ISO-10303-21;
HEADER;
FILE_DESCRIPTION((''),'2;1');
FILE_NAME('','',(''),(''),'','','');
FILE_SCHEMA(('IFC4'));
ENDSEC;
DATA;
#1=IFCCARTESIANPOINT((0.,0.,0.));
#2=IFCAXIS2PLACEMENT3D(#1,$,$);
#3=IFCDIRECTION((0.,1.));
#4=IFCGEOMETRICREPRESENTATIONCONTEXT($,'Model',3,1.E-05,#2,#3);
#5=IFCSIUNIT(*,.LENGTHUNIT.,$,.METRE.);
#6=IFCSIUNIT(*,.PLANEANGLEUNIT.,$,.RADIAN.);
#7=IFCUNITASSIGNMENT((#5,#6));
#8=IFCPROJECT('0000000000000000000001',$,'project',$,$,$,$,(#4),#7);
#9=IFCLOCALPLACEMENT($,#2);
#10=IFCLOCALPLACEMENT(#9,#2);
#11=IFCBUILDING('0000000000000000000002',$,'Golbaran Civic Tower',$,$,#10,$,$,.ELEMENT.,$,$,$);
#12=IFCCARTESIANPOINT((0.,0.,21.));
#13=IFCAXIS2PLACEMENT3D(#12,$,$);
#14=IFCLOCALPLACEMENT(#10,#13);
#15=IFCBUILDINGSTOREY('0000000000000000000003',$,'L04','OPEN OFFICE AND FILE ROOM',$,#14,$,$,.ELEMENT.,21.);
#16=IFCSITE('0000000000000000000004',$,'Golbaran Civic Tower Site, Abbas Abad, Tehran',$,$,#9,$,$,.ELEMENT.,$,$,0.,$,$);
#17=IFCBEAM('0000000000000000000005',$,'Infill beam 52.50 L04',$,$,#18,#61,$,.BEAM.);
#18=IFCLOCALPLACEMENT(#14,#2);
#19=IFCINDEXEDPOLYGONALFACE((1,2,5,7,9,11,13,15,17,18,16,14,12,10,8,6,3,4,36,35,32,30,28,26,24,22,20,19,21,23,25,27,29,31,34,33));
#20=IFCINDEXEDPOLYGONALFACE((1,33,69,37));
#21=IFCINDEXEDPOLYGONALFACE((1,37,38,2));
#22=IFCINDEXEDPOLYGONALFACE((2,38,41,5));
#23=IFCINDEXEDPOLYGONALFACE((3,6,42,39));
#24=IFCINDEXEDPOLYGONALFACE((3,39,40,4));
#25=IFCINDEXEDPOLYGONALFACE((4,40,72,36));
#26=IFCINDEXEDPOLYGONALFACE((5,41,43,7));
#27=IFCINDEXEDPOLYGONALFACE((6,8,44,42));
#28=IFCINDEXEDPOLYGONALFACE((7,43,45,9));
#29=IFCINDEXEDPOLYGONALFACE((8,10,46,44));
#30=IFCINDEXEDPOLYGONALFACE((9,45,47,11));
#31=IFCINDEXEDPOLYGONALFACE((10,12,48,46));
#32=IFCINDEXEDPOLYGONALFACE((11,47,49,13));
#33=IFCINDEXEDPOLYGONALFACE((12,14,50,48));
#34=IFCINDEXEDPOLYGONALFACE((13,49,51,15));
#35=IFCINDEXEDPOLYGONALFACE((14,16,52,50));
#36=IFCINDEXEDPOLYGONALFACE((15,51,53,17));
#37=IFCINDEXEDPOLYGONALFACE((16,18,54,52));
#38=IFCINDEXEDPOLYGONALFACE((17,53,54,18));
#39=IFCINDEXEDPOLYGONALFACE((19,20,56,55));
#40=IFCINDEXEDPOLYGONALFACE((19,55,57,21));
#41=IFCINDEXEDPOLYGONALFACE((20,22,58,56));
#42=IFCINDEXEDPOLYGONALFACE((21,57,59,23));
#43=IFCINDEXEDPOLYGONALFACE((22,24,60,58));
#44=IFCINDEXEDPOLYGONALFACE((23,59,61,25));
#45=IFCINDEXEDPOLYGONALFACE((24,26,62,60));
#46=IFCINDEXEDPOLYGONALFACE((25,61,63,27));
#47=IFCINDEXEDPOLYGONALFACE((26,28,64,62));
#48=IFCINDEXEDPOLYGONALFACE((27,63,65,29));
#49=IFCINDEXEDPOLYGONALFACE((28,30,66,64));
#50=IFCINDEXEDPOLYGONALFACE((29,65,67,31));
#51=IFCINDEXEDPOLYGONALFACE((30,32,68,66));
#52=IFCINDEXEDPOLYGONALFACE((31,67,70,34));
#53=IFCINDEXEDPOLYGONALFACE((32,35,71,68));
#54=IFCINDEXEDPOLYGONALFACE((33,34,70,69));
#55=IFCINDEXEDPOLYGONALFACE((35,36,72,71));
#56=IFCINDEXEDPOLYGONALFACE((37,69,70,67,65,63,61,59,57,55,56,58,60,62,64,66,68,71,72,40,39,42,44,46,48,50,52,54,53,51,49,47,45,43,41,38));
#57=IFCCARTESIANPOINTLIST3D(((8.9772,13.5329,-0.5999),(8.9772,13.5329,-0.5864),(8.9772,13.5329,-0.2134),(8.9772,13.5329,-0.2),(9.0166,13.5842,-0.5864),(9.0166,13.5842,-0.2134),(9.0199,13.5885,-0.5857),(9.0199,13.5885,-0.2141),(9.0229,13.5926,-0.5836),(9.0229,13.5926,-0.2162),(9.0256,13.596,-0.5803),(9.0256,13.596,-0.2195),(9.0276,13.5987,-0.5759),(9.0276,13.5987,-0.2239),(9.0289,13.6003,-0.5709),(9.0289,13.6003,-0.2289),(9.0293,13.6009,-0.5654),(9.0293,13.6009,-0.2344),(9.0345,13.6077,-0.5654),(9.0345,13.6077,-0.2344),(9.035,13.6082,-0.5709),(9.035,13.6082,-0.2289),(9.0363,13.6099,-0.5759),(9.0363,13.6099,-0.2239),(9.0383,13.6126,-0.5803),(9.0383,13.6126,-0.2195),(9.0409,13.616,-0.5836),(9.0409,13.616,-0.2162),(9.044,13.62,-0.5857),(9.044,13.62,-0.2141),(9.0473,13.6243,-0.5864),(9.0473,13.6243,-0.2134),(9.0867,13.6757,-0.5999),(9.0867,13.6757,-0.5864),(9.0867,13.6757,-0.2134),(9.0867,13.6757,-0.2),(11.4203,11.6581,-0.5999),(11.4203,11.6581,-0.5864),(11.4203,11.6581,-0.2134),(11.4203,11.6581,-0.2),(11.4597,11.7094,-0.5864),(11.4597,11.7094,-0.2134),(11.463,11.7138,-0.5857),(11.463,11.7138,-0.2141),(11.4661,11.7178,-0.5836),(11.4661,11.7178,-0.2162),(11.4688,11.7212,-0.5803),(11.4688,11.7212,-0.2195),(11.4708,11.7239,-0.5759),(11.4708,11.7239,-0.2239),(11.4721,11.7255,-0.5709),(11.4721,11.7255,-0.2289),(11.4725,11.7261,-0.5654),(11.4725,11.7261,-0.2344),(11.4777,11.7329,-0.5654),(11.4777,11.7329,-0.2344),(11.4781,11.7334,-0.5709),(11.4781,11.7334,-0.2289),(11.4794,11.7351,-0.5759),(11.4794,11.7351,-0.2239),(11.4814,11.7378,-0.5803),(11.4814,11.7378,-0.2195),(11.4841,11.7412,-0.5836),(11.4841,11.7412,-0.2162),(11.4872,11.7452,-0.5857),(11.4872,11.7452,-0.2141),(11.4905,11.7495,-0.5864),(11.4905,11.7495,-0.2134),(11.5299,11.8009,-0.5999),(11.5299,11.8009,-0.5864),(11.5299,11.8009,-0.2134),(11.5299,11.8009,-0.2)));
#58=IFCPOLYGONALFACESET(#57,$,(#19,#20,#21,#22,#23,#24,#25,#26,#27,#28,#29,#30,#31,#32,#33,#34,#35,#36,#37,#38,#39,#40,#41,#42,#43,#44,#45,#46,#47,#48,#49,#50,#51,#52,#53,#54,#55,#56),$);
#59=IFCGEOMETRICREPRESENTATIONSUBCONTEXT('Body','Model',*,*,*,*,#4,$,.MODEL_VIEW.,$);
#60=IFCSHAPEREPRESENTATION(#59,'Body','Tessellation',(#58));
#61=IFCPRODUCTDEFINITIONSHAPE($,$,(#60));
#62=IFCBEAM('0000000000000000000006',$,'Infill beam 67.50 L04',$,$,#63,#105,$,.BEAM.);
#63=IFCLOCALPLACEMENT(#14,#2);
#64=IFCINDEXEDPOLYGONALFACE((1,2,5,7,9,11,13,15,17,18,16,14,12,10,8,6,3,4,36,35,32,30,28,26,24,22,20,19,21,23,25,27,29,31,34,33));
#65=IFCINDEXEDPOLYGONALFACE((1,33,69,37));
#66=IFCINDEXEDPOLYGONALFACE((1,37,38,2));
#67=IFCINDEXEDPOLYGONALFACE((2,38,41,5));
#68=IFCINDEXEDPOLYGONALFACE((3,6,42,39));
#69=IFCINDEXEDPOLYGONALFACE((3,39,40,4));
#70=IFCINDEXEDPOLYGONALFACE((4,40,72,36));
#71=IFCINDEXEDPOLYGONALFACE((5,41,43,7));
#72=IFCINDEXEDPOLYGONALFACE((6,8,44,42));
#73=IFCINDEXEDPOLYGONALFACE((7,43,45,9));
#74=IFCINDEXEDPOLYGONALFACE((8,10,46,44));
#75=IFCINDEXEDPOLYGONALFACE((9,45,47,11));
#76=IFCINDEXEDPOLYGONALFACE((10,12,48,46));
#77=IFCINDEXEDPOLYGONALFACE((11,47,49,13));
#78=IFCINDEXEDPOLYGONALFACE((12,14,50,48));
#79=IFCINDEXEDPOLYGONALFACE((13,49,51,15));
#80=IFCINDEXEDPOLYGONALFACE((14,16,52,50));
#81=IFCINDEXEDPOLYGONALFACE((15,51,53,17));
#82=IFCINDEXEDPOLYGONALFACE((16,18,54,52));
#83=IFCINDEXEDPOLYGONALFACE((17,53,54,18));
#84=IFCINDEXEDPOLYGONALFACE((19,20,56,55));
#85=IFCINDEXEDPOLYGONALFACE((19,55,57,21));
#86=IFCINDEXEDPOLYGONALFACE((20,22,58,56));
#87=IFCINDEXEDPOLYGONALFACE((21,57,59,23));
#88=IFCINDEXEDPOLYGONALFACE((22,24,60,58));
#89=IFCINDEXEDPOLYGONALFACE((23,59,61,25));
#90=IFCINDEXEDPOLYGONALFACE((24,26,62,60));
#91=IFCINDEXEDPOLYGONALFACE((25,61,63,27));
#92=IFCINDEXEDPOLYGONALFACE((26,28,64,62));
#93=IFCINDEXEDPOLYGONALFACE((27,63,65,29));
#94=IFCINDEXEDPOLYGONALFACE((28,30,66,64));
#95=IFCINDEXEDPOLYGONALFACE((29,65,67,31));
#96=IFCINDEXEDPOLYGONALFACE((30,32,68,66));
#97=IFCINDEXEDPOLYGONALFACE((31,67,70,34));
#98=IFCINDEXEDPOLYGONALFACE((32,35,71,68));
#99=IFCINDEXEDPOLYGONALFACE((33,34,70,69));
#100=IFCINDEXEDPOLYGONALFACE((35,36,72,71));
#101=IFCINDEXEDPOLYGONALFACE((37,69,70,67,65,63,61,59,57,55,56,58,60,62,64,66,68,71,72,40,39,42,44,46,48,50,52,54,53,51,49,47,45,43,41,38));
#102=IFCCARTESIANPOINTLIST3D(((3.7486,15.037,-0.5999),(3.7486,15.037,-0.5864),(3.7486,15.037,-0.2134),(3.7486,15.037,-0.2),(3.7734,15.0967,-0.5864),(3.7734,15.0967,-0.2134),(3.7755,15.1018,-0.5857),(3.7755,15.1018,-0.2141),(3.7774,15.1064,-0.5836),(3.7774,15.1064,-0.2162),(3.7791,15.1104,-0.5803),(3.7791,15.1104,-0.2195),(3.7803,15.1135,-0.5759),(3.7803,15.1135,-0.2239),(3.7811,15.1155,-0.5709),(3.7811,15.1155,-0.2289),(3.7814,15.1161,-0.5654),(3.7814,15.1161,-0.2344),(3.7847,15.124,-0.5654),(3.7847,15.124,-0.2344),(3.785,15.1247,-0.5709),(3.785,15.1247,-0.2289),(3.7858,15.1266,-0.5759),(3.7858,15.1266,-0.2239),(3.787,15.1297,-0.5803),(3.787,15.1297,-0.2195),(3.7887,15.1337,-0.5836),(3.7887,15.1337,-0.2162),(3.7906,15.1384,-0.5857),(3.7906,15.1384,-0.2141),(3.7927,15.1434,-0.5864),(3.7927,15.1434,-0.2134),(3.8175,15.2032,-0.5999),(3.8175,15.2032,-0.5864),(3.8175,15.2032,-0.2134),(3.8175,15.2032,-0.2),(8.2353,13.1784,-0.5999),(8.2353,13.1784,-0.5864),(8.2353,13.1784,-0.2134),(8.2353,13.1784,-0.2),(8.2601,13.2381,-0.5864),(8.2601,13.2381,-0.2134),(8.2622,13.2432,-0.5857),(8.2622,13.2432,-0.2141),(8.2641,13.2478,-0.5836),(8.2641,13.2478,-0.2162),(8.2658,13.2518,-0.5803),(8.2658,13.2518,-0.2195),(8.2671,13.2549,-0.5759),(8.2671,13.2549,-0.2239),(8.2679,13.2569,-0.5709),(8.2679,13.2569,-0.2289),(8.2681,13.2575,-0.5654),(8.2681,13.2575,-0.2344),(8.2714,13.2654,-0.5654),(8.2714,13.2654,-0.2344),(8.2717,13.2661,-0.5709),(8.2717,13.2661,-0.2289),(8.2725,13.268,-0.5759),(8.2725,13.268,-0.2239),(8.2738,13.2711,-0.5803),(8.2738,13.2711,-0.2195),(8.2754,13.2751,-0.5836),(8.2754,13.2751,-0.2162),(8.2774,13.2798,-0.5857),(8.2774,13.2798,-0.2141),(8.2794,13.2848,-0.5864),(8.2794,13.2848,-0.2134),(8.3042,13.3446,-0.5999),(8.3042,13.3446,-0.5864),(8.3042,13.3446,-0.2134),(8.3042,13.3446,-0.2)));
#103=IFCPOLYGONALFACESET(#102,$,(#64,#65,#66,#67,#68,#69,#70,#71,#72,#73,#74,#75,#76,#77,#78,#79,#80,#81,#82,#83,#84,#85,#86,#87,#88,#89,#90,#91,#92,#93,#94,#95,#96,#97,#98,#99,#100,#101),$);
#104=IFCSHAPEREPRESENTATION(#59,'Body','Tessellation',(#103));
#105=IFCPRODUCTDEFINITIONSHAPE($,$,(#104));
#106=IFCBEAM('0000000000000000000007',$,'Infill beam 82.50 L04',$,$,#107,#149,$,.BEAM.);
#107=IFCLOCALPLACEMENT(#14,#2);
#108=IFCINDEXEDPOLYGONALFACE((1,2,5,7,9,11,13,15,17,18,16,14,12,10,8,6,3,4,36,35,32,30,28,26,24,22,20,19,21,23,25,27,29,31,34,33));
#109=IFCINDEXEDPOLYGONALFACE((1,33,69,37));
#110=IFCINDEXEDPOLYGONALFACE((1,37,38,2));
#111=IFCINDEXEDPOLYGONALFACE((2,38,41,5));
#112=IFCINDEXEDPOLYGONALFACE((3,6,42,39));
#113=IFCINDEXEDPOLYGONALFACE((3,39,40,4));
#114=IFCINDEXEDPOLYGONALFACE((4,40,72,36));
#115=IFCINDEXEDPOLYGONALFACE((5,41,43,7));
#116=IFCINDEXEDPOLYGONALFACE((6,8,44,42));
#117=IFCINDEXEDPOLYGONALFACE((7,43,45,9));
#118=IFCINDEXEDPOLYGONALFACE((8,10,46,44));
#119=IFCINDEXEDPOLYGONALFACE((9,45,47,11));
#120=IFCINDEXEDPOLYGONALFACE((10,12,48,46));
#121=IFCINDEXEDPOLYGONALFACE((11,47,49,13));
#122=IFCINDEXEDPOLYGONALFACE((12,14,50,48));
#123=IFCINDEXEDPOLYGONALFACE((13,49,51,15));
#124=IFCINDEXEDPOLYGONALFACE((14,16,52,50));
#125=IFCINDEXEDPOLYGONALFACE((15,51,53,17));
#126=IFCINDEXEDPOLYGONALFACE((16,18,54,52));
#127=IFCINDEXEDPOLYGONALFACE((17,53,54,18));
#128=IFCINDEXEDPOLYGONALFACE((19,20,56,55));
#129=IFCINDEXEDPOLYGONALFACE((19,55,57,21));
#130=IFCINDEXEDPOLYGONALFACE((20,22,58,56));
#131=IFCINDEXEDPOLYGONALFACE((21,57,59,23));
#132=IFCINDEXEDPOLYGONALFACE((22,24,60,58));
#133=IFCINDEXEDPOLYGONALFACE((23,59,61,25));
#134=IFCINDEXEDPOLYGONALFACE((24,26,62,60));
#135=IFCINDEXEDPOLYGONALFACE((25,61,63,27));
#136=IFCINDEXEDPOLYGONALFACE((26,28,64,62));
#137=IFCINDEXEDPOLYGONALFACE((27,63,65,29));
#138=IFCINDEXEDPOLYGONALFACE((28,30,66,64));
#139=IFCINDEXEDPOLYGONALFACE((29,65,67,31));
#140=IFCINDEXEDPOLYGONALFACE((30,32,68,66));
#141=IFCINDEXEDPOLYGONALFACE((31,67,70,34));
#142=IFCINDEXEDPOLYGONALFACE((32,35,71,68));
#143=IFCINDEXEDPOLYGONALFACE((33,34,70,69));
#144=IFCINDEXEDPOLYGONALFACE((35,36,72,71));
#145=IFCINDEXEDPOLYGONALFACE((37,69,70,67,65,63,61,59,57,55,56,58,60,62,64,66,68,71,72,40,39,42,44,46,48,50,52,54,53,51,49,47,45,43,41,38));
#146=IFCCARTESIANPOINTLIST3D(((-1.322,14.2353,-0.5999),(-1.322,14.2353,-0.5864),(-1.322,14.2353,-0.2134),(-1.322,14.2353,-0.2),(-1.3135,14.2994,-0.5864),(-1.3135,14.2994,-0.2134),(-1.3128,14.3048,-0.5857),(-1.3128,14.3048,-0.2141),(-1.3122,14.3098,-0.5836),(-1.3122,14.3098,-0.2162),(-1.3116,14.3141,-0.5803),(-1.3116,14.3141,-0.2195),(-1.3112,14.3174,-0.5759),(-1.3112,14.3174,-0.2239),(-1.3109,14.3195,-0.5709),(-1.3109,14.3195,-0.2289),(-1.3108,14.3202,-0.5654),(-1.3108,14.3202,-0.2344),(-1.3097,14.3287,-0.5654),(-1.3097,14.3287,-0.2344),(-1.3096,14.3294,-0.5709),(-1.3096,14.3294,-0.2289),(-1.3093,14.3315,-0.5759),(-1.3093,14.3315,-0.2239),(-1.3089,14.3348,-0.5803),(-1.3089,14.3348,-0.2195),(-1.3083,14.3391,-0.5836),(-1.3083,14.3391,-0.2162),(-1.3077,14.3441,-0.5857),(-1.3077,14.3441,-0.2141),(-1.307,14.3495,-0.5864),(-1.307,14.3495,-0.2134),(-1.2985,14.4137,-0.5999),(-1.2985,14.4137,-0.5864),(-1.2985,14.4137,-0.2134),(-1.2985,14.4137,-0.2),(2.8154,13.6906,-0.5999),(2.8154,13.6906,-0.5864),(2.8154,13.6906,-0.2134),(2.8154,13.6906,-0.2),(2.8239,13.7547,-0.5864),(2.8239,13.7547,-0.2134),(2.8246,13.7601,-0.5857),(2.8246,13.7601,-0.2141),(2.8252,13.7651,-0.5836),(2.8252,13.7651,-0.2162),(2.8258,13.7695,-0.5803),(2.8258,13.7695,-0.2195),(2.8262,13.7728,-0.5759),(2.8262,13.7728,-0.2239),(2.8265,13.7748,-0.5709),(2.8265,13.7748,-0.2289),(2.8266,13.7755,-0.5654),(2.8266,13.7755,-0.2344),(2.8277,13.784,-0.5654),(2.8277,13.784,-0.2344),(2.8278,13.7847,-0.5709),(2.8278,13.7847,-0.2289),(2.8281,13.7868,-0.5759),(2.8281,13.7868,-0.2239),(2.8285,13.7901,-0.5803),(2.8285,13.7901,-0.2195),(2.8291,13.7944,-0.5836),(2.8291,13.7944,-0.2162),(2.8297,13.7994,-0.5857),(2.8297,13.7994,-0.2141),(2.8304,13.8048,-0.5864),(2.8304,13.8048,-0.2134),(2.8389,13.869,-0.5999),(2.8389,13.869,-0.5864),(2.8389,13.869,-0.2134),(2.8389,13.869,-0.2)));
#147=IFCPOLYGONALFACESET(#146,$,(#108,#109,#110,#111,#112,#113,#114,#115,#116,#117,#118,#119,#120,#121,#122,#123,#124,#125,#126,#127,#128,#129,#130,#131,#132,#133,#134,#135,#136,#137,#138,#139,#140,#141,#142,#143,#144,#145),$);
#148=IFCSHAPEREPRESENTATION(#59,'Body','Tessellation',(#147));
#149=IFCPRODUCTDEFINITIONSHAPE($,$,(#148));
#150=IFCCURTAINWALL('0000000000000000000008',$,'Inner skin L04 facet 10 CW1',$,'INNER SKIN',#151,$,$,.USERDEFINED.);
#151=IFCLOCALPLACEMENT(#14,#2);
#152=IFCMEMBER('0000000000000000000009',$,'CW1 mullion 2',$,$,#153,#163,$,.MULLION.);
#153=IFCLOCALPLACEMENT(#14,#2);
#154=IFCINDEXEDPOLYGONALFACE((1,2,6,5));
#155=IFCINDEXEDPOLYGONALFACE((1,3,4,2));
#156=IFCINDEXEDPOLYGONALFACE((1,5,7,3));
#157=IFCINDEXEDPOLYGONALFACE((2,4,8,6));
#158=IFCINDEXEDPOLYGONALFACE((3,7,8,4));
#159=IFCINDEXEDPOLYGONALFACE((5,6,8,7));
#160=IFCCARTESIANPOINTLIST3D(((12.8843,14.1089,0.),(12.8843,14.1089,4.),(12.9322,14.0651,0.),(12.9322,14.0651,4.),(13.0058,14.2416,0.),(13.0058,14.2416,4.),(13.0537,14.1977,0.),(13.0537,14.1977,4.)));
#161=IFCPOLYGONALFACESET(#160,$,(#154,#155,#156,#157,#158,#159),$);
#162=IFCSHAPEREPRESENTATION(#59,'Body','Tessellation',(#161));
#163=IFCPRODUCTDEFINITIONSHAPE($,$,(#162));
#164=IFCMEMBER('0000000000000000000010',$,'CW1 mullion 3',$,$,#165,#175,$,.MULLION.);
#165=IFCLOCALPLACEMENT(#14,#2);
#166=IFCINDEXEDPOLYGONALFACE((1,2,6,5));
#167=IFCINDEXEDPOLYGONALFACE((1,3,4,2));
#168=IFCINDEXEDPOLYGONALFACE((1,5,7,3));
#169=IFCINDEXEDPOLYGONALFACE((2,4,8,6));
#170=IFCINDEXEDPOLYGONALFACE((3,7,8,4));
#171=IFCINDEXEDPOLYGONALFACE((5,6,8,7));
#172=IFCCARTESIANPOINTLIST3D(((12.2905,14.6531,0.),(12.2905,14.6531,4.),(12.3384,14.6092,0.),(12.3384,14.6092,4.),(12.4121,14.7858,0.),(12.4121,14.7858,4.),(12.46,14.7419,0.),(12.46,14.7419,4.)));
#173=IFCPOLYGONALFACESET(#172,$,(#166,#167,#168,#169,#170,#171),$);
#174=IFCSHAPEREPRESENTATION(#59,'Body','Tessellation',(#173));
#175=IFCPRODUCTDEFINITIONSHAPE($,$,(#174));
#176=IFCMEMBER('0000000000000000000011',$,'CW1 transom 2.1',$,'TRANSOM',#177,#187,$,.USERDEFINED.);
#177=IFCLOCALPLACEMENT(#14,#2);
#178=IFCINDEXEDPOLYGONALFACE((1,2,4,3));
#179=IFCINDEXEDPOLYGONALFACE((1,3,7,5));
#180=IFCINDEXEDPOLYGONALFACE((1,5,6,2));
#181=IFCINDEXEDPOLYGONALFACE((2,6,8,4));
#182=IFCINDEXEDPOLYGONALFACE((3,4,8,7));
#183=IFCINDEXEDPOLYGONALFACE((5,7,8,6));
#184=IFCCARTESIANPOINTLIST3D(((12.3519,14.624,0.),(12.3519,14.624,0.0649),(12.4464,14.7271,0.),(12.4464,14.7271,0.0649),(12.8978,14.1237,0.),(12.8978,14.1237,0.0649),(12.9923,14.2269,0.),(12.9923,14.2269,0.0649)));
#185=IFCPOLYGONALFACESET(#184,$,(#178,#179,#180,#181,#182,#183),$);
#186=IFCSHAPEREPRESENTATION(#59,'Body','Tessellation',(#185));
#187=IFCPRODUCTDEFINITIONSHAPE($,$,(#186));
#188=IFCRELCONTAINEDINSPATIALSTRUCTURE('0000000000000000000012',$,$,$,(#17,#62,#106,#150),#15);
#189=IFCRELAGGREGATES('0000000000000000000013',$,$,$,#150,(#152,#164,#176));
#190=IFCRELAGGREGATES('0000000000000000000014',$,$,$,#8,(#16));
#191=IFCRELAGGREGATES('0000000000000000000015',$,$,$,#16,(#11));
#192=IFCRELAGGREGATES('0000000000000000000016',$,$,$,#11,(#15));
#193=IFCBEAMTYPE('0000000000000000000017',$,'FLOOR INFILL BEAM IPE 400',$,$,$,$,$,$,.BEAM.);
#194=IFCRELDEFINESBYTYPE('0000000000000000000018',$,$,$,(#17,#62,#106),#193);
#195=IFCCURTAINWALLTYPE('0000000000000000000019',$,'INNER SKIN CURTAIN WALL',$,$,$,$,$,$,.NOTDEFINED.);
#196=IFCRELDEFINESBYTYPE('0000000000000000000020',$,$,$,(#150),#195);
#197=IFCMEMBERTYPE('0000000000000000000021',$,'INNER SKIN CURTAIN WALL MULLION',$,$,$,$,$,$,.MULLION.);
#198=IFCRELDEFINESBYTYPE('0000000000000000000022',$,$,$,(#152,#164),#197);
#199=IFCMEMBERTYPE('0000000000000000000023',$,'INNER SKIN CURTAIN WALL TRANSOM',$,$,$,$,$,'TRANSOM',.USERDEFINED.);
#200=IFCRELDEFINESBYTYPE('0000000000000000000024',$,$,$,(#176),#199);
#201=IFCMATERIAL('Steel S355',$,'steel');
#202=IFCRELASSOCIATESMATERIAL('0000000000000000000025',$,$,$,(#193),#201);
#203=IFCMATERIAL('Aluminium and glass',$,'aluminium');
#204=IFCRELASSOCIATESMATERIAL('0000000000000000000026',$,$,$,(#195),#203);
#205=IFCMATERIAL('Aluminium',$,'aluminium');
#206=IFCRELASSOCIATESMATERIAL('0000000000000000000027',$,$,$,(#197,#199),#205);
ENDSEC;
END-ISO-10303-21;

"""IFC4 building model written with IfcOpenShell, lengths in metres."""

from ifc_helpers import new_model, si_unit, direction, frame, origin, origin_2d, place, context, subcontext, project, spatial, rectangle, i_section, extrude, material, material_profile, profile_set, type_object, element, aggregate, save


model = new_model("IFC4")

# Units and contexts
model_context = context("Model", 3, precision=1e-05, world=origin(), true_north=direction((0.0, 1.0)))
body_context = subcontext(model_context, "Body", "Model", "MODEL_VIEW")
ifc_project = project(units=[si_unit("LENGTHUNIT", "METRE"), si_unit("PLANEANGLEUNIT", "RADIAN")], contexts=[model_context])

# Site, building, storey
site_placement = place(None, origin())
site = spatial("IfcSite", under=ifc_project, at=site_placement, Name="Golbaran Civic Tower Site, Abbas Abad, Tehran", CompositionType="ELEMENT", RefElevation=0.0)
building_placement = place(site_placement, origin())
building = spatial("IfcBuilding", under=site, at=building_placement, Name="Golbaran Civic Tower", CompositionType="ELEMENT")
storey_placement = place(building_placement, frame((0.0, 0.0, 21.0)))
storey = spatial("IfcBuildingStorey", under=building, at=storey_placement, Name="L04", Description="OPEN OFFICE AND FILE ROOM", CompositionType="ELEMENT", Elevation=21.0)

# Beams
ifc_material_1 = material(Name="Steel S355", Category="steel")
ifc_material_profile_1 = material_profile(ifc_material_1, i_section(OverallWidth=0.1799, OverallDepth=0.3999, WebThickness=0.0085, FlangeThickness=0.0134, FilletRadius=0.021, at=origin_2d()), Name="IPE 400")
ifc_profile_set_1 = profile_set([ifc_material_profile_1], Name="Steel S355")
beam_type_1 = type_object("IfcBeamType", Name="FLOOR INFILL BEAM IPE 400", PredefinedType="BEAM", material=ifc_profile_set_1)
beam_1_placement = place(storey_placement, frame((11.4751, 11.7295, -0.3999), z_axis=(-0.79334, 0.608779, 0.0), x_axis=(-0.608779, -0.79334, 0.0)))
element("IfcBeam", 1, at=beam_1_placement, inside=storey, type_object=beam_type_1, Name="Infill beam 52.50 L04", PredefinedType="BEAM", context=body_context, shape_type="SweptSolid", body=[
    extrude(i_section(OverallWidth=0.1799, OverallDepth=0.3999, WebThickness=0.0085, FlangeThickness=0.0134, FilletRadius=0.021, at=origin_2d()), origin(), (0.0, 0.0, 1.0), 3.0796),
])
beam_2_placement = place(storey_placement, frame((8.2698, 13.2615, -0.3999), z_axis=(-0.923869, 0.382708, 0.0), x_axis=(-0.382708, -0.923869, 0.0)))
element("IfcBeam", 2, at=beam_2_placement, inside=storey, type_object=beam_type_1, Name="Infill beam 67.50 L04", PredefinedType="BEAM", context=body_context, shape_type="SweptSolid", body=[
    extrude(i_section(OverallWidth=0.1799, OverallDepth=0.3999, WebThickness=0.0085, FlangeThickness=0.0134, FilletRadius=0.021, at=origin_2d()), origin(), (0.0, 0.0, 1.0), 4.8564),
])
beam_3_placement = place(storey_placement, frame((2.8271, 13.7798, -0.3999), z_axis=(-0.991446, 0.13052, 0.0), x_axis=(-0.13052, -0.991446, 0.0)))
element("IfcBeam", 3, at=beam_3_placement, inside=storey, type_object=beam_type_1, Name="Infill beam 82.50 L04", PredefinedType="BEAM", context=body_context, shape_type="SweptSolid", body=[
    extrude(i_section(OverallWidth=0.1799, OverallDepth=0.3999, WebThickness=0.0085, FlangeThickness=0.0134, FilletRadius=0.021, at=origin_2d()), origin(), (0.0, 0.0, 1.0), 4.1731),
])

# Curtain wall, members
ifc_material_2 = material(Name="Aluminium and glass", Category="aluminium")
curtain_wall_type = type_object("IfcCurtainWallType", Name="INNER SKIN CURTAIN WALL", PredefinedType="NOTDEFINED", material=ifc_material_2)
curtain_wall_placement = place(storey_placement, origin())
curtain_wall = element("IfcCurtainWall", 4, at=curtain_wall_placement, inside=storey, type_object=curtain_wall_type, Name="Inner skin L04 facet 10 CW1", ObjectType="INNER SKIN", PredefinedType="USERDEFINED")
ifc_material_3 = material(Name="Aluminium", Category="aluminium")
ifc_material_profile_2 = material_profile(ifc_material_3, rectangle(XDim=0.1799, YDim=0.0649, at=origin_2d()), Name="INNER SKIN CURTAIN WALL MULLION")
ifc_profile_set_2 = profile_set([ifc_material_profile_2], Name="Aluminium")
member_type_1 = type_object("IfcMemberType", Name="INNER SKIN CURTAIN WALL MULLION", PredefinedType="MULLION", material=ifc_profile_set_2)
member_1_placement = place(storey_placement, frame((12.969, 14.1533, 0.0), z_axis=(0.0, 0.0, 1.0), x_axis=(-0.67559, -0.737277, 0.0)))
member_1 = element("IfcMember", 5, at=member_1_placement, type_object=member_type_1, Name="CW1 mullion 2", PredefinedType="MULLION", context=body_context, shape_type="SweptSolid", body=[
    extrude(rectangle(XDim=0.1799, YDim=0.0649, at=origin_2d()), origin(), (0.0, 0.0, 1.0), 4.0),
])
member_2_placement = place(storey_placement, frame((12.3752, 14.6975, 0.0), z_axis=(0.0, 0.0, 1.0), x_axis=(-0.67559, -0.737277, 0.0)))
member_2 = element("IfcMember", 6, at=member_2_placement, type_object=member_type_1, Name="CW1 mullion 3", PredefinedType="MULLION", context=body_context, shape_type="SweptSolid", body=[
    extrude(rectangle(XDim=0.1799, YDim=0.0649, at=origin_2d()), origin(), (0.0, 0.0, 1.0), 4.0),
])
ifc_material_profile_3 = material_profile(ifc_material_3, rectangle(XDim=0.1399, YDim=0.0649, at=origin_2d()), Name="INNER SKIN CURTAIN WALL TRANSOM")
ifc_profile_set_3 = profile_set([ifc_material_profile_3], Name="Aluminium")
member_type_2 = type_object("IfcMemberType", Name="INNER SKIN CURTAIN WALL TRANSOM", ElementType="TRANSOM", PredefinedType="USERDEFINED", material=ifc_profile_set_3)
member_3_placement = place(storey_placement, frame((12.9451, 14.1753, 0.0325), z_axis=(-0.737264, 0.675605, 0.0), x_axis=(-0.675605, -0.737264, 0.0)))
member_3 = element("IfcMember", 7, at=member_3_placement, type_object=member_type_2, Name="CW1 transom 2.1", ObjectType="TRANSOM", PredefinedType="USERDEFINED", context=body_context, shape_type="SweptSolid", body=[
    extrude(rectangle(XDim=0.1399, YDim=0.0649, at=origin_2d()), origin(), (0.0, 0.0, 1.0), 0.7405),
])

aggregate(curtain_wall, [member_1, member_2, member_3])

save(model, "model.ifc")
